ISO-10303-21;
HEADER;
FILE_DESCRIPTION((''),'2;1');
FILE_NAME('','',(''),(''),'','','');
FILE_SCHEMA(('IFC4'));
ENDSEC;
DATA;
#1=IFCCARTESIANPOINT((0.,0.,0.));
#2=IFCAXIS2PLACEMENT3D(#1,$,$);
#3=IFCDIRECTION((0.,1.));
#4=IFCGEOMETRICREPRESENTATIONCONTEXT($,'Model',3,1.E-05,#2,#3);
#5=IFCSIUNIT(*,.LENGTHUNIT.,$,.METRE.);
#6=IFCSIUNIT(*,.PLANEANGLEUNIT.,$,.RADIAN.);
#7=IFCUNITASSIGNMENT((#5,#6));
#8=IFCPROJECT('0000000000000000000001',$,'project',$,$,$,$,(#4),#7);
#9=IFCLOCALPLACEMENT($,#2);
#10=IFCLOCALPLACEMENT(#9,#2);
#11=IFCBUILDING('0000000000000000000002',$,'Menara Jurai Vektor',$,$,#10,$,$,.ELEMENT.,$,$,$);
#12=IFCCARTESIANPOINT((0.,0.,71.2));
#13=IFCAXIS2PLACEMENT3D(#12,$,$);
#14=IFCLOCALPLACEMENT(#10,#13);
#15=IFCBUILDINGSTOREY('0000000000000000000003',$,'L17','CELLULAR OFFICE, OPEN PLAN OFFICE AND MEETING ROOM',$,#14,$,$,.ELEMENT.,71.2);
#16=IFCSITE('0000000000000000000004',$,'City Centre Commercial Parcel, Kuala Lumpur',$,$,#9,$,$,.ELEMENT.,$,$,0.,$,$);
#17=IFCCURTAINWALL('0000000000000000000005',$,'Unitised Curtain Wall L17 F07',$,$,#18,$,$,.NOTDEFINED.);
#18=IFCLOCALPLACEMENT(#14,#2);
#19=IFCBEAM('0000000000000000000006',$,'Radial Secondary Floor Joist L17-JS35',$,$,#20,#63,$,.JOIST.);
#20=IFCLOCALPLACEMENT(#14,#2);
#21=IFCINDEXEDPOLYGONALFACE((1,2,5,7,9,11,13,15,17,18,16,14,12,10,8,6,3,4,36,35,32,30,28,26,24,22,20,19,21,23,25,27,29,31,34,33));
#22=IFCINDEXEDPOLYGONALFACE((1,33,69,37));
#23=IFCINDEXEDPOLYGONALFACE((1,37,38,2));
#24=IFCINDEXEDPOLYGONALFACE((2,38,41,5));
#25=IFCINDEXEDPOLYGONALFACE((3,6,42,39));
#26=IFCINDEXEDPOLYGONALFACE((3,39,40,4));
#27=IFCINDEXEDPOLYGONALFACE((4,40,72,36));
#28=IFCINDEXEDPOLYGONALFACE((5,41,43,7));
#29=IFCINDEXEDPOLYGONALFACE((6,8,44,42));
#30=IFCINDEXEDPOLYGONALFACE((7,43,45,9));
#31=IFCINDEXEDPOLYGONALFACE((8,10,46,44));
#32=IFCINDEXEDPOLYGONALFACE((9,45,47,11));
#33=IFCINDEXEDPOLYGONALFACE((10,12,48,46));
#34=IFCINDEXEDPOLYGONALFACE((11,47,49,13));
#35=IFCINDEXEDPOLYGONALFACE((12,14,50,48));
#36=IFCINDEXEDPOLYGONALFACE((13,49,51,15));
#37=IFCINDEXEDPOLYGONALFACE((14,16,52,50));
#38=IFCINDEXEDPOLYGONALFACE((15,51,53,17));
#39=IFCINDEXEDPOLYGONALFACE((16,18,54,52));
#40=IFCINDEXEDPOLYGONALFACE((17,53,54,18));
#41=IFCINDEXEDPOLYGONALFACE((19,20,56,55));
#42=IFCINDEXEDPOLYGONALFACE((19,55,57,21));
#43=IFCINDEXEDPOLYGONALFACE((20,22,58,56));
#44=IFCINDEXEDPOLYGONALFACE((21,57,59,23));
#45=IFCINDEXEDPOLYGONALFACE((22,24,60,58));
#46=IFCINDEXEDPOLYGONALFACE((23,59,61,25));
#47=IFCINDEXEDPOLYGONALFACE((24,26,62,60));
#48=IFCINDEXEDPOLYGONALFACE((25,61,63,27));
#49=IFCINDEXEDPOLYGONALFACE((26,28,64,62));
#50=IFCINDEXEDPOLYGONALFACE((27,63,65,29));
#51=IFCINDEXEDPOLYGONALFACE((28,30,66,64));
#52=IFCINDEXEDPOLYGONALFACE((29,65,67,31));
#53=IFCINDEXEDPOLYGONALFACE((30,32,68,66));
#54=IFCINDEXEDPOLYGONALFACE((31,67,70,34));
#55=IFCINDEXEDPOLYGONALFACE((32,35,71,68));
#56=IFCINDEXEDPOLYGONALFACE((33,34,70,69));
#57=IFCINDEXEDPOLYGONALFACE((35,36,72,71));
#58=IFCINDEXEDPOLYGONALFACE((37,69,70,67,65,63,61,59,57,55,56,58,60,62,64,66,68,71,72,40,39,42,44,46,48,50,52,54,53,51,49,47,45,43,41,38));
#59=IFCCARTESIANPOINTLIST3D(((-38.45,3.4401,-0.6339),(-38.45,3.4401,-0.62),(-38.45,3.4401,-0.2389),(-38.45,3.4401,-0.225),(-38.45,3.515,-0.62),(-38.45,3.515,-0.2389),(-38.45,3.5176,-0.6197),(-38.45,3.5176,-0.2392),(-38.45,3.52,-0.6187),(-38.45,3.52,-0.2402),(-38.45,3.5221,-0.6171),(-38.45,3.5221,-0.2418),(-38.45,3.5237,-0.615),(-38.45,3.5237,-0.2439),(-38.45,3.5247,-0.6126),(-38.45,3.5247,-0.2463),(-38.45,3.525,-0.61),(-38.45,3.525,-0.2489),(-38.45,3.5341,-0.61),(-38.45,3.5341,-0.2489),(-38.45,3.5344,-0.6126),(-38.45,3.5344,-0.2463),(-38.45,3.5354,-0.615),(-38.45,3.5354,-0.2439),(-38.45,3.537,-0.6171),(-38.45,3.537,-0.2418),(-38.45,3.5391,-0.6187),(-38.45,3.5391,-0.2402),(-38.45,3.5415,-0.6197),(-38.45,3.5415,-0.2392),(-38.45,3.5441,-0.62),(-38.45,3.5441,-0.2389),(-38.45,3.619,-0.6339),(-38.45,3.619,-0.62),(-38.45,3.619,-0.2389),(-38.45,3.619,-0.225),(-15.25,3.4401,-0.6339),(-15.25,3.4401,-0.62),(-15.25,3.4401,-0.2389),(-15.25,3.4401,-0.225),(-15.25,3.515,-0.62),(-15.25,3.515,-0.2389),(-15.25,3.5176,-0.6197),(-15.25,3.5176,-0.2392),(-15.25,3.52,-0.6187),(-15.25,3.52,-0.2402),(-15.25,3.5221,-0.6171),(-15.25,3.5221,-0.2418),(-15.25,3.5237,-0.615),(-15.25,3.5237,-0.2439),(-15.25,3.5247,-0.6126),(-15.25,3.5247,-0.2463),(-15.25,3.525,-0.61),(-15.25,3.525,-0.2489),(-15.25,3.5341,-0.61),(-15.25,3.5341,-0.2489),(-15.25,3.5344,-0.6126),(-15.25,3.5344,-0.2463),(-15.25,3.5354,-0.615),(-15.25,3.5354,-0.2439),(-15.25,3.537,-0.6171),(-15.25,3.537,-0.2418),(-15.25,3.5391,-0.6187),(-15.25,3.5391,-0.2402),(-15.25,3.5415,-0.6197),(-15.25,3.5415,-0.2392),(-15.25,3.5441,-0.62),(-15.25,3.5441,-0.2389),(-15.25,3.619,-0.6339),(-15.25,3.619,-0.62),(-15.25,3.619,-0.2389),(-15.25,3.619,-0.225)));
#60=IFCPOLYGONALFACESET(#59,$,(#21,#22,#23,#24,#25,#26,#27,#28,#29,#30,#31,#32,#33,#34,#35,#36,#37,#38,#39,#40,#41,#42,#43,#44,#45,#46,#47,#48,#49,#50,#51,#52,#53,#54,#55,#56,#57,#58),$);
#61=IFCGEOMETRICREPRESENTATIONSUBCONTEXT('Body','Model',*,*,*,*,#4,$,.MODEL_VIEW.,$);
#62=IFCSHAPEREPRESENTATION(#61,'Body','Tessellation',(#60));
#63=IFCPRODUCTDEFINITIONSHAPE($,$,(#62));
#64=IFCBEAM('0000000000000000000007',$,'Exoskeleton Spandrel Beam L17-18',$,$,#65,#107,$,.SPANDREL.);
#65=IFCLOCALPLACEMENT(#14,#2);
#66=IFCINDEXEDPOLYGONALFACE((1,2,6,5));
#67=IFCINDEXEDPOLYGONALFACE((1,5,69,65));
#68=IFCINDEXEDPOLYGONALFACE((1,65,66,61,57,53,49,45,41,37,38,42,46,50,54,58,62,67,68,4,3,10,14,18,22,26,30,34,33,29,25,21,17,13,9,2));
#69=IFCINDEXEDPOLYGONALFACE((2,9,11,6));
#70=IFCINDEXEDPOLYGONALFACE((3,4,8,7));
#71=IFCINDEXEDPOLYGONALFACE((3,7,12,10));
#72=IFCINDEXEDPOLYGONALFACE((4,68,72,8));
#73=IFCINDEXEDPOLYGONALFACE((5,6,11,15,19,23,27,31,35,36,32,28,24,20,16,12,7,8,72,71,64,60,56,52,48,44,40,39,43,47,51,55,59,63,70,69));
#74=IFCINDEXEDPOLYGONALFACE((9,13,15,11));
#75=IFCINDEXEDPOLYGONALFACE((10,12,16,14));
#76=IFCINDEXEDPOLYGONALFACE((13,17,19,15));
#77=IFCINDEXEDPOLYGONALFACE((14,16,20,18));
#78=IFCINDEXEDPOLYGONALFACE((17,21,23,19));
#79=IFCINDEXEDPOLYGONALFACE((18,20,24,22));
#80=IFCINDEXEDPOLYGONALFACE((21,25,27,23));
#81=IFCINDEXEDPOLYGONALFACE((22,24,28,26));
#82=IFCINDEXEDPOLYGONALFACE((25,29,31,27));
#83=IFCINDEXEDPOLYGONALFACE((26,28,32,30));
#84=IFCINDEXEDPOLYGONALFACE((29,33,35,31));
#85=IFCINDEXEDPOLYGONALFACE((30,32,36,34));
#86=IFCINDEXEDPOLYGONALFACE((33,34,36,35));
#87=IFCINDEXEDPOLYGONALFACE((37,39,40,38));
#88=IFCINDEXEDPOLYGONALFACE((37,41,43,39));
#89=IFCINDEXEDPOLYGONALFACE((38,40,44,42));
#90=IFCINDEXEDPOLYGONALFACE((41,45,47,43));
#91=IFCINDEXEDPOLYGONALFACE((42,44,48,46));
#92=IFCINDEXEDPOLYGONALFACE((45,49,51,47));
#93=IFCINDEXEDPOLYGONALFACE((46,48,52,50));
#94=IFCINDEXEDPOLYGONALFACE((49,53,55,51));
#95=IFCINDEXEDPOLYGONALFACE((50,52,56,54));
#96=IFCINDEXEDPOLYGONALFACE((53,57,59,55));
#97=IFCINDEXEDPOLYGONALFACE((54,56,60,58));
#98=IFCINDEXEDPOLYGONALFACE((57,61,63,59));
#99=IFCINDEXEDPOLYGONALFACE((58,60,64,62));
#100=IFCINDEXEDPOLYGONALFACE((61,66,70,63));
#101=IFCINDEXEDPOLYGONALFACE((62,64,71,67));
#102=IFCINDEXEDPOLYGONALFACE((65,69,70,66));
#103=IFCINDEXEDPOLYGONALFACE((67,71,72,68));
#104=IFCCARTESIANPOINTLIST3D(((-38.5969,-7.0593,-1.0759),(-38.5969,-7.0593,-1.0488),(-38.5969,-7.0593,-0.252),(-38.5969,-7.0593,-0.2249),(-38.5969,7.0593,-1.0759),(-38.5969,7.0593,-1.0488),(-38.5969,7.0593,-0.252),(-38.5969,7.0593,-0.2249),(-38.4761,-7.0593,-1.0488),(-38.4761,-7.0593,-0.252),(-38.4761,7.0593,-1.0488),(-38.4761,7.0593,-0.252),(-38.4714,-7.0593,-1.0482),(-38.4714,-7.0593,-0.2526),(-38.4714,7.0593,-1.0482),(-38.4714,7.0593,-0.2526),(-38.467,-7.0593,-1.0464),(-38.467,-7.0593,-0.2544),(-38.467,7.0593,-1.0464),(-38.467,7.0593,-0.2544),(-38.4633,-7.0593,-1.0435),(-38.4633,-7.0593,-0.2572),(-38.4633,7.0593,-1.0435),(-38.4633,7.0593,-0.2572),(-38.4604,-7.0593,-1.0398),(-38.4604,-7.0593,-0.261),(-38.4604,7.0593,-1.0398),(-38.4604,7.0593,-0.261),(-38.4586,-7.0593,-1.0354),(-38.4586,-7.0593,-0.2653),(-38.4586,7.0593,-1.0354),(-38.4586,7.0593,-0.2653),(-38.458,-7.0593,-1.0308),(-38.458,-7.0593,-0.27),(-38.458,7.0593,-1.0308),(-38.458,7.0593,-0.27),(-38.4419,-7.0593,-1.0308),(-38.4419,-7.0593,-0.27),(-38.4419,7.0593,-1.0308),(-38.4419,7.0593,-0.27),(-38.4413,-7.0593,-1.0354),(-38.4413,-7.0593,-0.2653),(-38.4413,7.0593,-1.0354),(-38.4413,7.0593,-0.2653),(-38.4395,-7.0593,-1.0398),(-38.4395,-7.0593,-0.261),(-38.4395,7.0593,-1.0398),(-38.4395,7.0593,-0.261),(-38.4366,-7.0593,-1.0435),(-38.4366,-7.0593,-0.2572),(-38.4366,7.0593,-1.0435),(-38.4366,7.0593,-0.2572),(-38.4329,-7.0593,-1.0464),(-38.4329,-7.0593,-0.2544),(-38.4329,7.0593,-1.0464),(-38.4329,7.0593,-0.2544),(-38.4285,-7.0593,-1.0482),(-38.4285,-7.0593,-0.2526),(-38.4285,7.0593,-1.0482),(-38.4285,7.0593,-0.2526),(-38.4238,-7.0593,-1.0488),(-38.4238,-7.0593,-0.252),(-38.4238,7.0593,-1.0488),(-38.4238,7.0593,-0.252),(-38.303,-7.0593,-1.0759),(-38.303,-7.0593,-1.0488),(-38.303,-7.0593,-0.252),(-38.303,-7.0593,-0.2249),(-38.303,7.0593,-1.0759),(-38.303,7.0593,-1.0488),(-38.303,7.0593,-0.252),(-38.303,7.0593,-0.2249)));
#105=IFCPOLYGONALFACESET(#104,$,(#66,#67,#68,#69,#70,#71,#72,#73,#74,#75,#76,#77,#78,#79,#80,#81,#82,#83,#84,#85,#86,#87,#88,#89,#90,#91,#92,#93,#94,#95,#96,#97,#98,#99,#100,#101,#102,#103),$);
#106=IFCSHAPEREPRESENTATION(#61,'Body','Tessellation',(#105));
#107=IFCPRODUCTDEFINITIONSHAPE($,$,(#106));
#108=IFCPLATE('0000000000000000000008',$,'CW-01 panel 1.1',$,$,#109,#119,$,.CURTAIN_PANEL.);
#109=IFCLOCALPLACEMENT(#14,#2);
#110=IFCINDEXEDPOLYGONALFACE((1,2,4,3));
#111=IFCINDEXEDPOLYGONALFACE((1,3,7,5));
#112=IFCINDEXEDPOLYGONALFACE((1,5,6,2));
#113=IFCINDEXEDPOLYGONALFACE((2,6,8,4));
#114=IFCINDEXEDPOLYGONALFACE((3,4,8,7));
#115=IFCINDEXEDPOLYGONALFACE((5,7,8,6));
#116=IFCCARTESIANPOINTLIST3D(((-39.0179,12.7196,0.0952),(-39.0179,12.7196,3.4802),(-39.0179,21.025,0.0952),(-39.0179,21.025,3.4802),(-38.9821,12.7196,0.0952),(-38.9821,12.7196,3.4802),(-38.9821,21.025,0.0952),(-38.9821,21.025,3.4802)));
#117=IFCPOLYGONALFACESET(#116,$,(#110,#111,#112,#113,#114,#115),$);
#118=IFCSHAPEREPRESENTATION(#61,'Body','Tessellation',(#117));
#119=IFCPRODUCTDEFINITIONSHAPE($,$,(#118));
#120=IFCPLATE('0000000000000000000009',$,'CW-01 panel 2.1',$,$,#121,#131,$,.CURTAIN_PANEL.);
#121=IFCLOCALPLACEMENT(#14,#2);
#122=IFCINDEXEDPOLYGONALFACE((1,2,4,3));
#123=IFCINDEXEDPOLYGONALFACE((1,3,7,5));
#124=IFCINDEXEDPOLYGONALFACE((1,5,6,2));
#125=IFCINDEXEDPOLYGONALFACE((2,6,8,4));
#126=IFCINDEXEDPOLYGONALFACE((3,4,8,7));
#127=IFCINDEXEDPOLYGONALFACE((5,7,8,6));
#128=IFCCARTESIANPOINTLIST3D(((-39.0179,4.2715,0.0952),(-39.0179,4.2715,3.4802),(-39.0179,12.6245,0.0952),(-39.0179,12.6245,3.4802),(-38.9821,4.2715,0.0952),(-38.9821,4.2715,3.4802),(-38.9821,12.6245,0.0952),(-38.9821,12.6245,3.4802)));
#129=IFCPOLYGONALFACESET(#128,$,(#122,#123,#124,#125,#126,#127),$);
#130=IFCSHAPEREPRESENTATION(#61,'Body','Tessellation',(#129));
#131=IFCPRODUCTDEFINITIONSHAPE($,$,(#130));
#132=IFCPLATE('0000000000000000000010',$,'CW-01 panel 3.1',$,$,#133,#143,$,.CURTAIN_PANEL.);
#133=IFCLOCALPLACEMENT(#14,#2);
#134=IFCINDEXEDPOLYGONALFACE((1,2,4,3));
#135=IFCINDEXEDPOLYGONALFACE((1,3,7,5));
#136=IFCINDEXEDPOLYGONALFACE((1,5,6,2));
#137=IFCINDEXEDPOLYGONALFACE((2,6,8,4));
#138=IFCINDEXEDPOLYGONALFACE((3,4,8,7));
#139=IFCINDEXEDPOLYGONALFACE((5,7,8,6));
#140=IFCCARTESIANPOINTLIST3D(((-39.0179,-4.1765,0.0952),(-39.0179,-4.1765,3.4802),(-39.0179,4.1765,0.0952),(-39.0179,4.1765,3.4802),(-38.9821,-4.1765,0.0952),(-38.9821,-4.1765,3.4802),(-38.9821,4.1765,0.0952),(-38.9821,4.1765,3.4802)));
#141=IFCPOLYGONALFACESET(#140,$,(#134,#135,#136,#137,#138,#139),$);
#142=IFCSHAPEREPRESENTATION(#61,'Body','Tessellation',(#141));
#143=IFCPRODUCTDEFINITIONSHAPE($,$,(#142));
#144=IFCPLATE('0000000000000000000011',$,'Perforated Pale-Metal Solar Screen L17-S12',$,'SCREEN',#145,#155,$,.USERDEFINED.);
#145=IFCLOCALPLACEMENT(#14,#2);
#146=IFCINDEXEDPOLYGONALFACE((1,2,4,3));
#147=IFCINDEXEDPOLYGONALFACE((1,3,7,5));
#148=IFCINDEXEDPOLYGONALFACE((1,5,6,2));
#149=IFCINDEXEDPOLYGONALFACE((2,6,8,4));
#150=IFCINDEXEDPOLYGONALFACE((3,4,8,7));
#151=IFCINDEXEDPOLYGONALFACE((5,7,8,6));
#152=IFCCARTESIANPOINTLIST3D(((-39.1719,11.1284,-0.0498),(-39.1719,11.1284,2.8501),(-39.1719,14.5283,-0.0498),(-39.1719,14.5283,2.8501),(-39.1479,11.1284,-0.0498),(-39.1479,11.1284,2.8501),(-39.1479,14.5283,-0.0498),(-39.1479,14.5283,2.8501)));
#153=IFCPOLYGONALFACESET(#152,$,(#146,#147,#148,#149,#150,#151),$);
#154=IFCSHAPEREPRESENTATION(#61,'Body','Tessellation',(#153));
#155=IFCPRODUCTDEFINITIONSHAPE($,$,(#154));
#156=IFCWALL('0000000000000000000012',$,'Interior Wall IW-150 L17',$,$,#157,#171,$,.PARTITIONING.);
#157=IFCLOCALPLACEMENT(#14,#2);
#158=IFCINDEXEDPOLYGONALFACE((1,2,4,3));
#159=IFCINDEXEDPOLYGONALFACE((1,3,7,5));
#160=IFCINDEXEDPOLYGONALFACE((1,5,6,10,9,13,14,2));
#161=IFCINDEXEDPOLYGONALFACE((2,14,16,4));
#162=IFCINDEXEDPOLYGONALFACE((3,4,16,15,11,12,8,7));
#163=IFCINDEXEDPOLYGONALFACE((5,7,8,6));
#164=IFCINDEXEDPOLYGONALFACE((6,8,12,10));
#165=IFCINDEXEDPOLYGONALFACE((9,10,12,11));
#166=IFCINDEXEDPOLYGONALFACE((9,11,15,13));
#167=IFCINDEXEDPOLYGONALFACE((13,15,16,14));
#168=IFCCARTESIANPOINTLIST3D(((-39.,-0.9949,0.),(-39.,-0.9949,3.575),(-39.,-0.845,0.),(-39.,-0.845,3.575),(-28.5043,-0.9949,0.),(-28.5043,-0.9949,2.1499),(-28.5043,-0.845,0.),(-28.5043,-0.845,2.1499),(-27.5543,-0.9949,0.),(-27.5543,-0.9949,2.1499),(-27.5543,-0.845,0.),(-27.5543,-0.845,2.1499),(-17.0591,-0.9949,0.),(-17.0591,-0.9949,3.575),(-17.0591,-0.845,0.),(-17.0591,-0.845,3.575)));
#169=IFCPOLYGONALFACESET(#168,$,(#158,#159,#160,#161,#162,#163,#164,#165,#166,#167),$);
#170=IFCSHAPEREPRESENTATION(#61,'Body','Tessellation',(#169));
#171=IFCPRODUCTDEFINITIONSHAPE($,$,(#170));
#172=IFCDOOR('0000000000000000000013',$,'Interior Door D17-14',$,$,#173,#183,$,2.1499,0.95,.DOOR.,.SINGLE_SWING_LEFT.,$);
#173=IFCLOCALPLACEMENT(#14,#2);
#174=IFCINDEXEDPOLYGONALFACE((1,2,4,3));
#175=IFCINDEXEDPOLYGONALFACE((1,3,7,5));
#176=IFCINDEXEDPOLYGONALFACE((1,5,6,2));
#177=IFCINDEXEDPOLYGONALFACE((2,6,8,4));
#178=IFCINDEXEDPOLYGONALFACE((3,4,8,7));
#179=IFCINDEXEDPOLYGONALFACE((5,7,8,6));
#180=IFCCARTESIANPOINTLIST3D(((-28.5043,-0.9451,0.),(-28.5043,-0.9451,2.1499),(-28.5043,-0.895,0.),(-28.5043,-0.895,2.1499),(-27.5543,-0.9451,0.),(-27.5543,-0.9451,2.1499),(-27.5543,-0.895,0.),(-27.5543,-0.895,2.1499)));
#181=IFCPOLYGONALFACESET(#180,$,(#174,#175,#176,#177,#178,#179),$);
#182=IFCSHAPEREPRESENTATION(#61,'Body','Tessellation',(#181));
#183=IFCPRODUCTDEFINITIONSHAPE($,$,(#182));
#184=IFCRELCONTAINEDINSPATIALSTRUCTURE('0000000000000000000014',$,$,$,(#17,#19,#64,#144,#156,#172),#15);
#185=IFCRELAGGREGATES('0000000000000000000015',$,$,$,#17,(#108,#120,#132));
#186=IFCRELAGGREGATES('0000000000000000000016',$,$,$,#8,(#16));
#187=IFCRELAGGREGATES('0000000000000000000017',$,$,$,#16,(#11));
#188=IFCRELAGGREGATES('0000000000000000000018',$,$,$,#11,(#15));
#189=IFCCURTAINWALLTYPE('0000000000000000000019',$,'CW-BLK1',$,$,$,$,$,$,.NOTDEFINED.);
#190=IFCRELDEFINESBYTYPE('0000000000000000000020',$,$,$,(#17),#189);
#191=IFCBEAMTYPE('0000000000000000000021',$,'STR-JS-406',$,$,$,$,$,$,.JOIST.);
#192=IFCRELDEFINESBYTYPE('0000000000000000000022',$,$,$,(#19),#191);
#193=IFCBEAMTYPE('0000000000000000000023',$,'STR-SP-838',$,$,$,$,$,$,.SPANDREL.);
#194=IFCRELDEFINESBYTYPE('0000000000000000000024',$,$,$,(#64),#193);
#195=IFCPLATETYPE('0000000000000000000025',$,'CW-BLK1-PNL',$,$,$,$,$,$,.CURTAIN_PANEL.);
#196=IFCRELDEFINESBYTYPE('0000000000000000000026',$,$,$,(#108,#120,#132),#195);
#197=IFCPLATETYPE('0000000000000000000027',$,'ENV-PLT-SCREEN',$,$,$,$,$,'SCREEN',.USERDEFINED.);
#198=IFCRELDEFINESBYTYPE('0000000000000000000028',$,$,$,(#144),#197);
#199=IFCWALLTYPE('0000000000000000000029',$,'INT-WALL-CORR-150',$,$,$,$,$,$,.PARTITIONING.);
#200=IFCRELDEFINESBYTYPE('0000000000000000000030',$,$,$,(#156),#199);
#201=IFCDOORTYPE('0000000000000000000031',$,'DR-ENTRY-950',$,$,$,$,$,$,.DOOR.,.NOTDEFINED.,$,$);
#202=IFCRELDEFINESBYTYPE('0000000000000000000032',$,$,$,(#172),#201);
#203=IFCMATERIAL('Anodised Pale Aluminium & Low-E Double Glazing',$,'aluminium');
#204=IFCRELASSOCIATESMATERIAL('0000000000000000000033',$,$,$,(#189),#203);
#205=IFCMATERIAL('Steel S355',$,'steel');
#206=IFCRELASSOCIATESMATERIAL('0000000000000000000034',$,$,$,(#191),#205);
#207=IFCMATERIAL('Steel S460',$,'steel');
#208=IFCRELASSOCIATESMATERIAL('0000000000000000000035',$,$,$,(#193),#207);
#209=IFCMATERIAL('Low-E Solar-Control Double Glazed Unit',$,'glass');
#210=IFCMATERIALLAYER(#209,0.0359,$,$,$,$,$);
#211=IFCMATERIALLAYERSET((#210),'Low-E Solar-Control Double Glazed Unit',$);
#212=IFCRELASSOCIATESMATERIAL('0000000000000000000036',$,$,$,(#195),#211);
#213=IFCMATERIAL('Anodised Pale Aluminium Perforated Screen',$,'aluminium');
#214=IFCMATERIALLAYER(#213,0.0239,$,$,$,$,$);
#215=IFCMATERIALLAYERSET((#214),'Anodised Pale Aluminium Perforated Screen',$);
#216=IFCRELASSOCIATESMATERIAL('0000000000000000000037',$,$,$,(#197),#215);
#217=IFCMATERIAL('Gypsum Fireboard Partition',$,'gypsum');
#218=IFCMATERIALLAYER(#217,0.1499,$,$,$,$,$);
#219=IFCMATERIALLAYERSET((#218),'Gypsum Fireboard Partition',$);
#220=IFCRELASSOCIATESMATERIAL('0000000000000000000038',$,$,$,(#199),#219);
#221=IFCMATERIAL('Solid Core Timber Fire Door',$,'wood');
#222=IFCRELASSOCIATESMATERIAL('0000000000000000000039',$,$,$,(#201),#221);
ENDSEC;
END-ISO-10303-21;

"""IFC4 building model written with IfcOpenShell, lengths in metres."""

from ifc_helpers import new_model, si_unit, direction, frame, frame_2d, origin, origin_2d, place, context, subcontext, project, spatial, rectangle, i_section, extrude, material, layer, layer_set, material_profile, profile_set, type_object, element, fill, aggregate, save


model = new_model("IFC4")

# Units and contexts
model_context = context("Model", 3, precision=1e-05, world=origin(), true_north=direction((0.0, 1.0)))
body_context = subcontext(model_context, "Body", "Model", "MODEL_VIEW")
ifc_project = project(units=[si_unit("LENGTHUNIT", "METRE"), si_unit("PLANEANGLEUNIT", "RADIAN")], contexts=[model_context])

# Site, building, storey
site_placement = place(None, origin())
site = spatial("IfcSite", under=ifc_project, at=site_placement, Name="City Centre Commercial Parcel, Kuala Lumpur", CompositionType="ELEMENT", RefElevation=0.0)
building_placement = place(site_placement, origin())
building = spatial("IfcBuilding", under=site, at=building_placement, Name="Menara Jurai Vektor", CompositionType="ELEMENT")
storey_placement = place(building_placement, frame((0.0, 0.0, 71.2)))
storey = spatial("IfcBuildingStorey", under=building, at=storey_placement, Name="L17", Description="CELLULAR OFFICE, OPEN PLAN OFFICE AND MEETING ROOM", CompositionType="ELEMENT", Elevation=71.2)

# Shared definitions
ifc_material_1 = material(Name="Steel S460", Category="steel")

# Curtain wall
ifc_material_2 = material(Name="Anodised Pale Aluminium & Low-E Double Glazing", Category="aluminium")
curtain_wall_type = type_object("IfcCurtainWallType", Name="CW-BLK1", PredefinedType="NOTDEFINED", material=ifc_material_2)
curtain_wall_placement = place(storey_placement, origin())
curtain_wall = element("IfcCurtainWall", 1, at=curtain_wall_placement, inside=storey, type_object=curtain_wall_type, Name="Unitised Curtain Wall L17 F07", PredefinedType="NOTDEFINED")

# Beams
ifc_material_3 = material(Name="Steel S355", Category="steel")
ifc_material_profile_1 = material_profile(ifc_material_3, i_section(OverallWidth=0.179, OverallDepth=0.4089, WebThickness=0.009, FlangeThickness=0.0139, FilletRadius=0.01, at=origin_2d()), Name="UKB 406x178x67")
ifc_profile_set_1 = profile_set([ifc_material_profile_1], Name="Steel S355")
beam_type_1 = type_object("IfcBeamType", Name="STR-JS-406", PredefinedType="JOIST", material=ifc_profile_set_1)
beam_1_placement = place(storey_placement, frame((-38.45, 3.5295, -0.4294), z_axis=(1.0, 0.0, 0.0), x_axis=(0.0, 1.0, 0.0)))
element("IfcBeam", 2, at=beam_1_placement, inside=storey, type_object=beam_type_1, Name="Radial Secondary Floor Joist L17-JS35", PredefinedType="JOIST", context=body_context, shape_type="SweptSolid", body=[
    extrude(i_section(OverallWidth=0.179, OverallDepth=0.4089, WebThickness=0.009, FlangeThickness=0.0139, FilletRadius=0.01, at=origin_2d()), origin(), (0.0, 0.0, 1.0), 23.2),
])
ifc_material_profile_2 = material_profile(ifc_material_1, i_section(OverallWidth=0.2939, OverallDepth=0.8511, WebThickness=0.0161, FlangeThickness=0.0271, FilletRadius=0.0181, at=origin_2d()), Name="UKB 838x292x226")
ifc_profile_set_2 = profile_set([ifc_material_profile_2], Name="Steel S460")
beam_type_2 = type_object("IfcBeamType", Name="STR-SP-838", PredefinedType="SPANDREL", material=ifc_profile_set_2)
beam_2_placement = place(storey_placement, frame((-38.45, 7.0593, -0.6504), z_axis=(0.0, -1.0, 0.0), x_axis=(1.0, 0.0, 0.0)))
element("IfcBeam", 3, at=beam_2_placement, inside=storey, type_object=beam_type_2, Name="Exoskeleton Spandrel Beam L17-18", PredefinedType="SPANDREL", context=body_context, shape_type="SweptSolid", body=[
    extrude(i_section(OverallWidth=0.2939, OverallDepth=0.8511, WebThickness=0.0161, FlangeThickness=0.0271, FilletRadius=0.0181, at=origin_2d()), origin(), (0.0, 0.0, 1.0), 14.1187),
])

# Plates
ifc_material_4 = material(Name="Low-E Solar-Control Double Glazed Unit", Category="glass")
ifc_layer_1 = layer(ifc_material_4, 0.0359)
ifc_layer_set_1 = layer_set([ifc_layer_1], Name="Low-E Solar-Control Double Glazed Unit")
plate_type_1 = type_object("IfcPlateType", Name="CW-BLK1-PNL", PredefinedType="CURTAIN_PANEL", material=ifc_layer_set_1)
plate_1_placement = place(storey_placement, frame((-39.0, 16.8723, 0.0952), z_axis=(0.0, 0.0, 1.0), x_axis=(0.0, -1.0, 0.0)))
plate_1 = element("IfcPlate", 4, at=plate_1_placement, type_object=plate_type_1, Name="CW-01 panel 1.1", PredefinedType="CURTAIN_PANEL", context=body_context, shape_type="SweptSolid", body=[
    extrude(rectangle(XDim=8.3054, YDim=0.0359, at=origin_2d()), origin(), (0.0, 0.0, 1.0), 3.385),
])
plate_2_placement = place(storey_placement, frame((-39.0, 8.448, 0.0952), z_axis=(0.0, 0.0, 1.0), x_axis=(0.0, -1.0, 0.0)))
plate_2 = element("IfcPlate", 5, at=plate_2_placement, type_object=plate_type_1, Name="CW-01 panel 2.1", PredefinedType="CURTAIN_PANEL", context=body_context, shape_type="SweptSolid", body=[
    extrude(rectangle(XDim=8.353, YDim=0.0359, at=origin_2d()), origin(), (0.0, 0.0, 1.0), 3.385),
])
plate_3_placement = place(storey_placement, frame((-39.0, 0.0, 0.0952), z_axis=(0.0, 0.0, 1.0), x_axis=(0.0, -1.0, 0.0)))
plate_3 = element("IfcPlate", 6, at=plate_3_placement, type_object=plate_type_1, Name="CW-01 panel 3.1", PredefinedType="CURTAIN_PANEL", context=body_context, shape_type="SweptSolid", body=[
    extrude(rectangle(XDim=8.353, YDim=0.0359, at=origin_2d()), origin(), (0.0, 0.0, 1.0), 3.385),
])
aggregate(curtain_wall, [plate_1, plate_2, plate_3])
ifc_material_5 = material(Name="Anodised Pale Aluminium Perforated Screen", Category="aluminium")
ifc_layer_2 = layer(ifc_material_5, 0.0239)
ifc_layer_set_2 = layer_set([ifc_layer_2], Name="Anodised Pale Aluminium Perforated Screen")
plate_type_2 = type_object("IfcPlateType", Name="ENV-PLT-SCREEN", ElementType="SCREEN", PredefinedType="USERDEFINED", material=ifc_layer_set_2)
plate_4_placement = place(storey_placement, frame((-39.1599, 12.8284, -0.0498), z_axis=(0.0, 0.0, 1.0), x_axis=(0.0, -1.0, 0.0)))
element("IfcPlate", 7, at=plate_4_placement, inside=storey, type_object=plate_type_2, Name="Perforated Pale-Metal Solar Screen L17-S12", ObjectType="SCREEN", PredefinedType="USERDEFINED", context=body_context, shape_type="SweptSolid", body=[
    extrude(rectangle(XDim=3.3999, YDim=0.0239, at=origin_2d()), origin(), (0.0, 0.0, 1.0), 2.8999),
])

# Wall, opening, door
ifc_material_6 = material(Name="Gypsum Fireboard Partition", Category="gypsum")
ifc_layer_3 = layer(ifc_material_6, 0.1499)
ifc_layer_set_3 = layer_set([ifc_layer_3], Name="Gypsum Fireboard Partition")
wall_type_1 = type_object("IfcWallType", Name="INT-WALL-CORR-150", PredefinedType="PARTITIONING", material=ifc_layer_set_3)
wall_1_placement = place(storey_placement, frame((-39.0, -0.9199, 0.0), z_axis=(0.0, 0.0, 1.0), x_axis=(1.0, 0.0, 0.0)))
wall_1 = element("IfcWall", 8, at=wall_1_placement, inside=storey, type_object=wall_type_1, Name="Interior Wall IW-150 L17", PredefinedType="PARTITIONING", context=body_context, shape_type="SweptSolid", body=[
    extrude(rectangle(XDim=21.9409, YDim=0.1499, at=frame_2d((10.9705, 0.0))), origin(), (0.0, 0.0, 1.0), 3.575),
])
opening_1_placement = place(wall_1_placement, frame((10.4956, 0.0, 0.0)))
opening_1 = element("IfcOpeningElement", 9, at=opening_1_placement, cuts=wall_1, PredefinedType="OPENING", context=body_context, shape_type="SweptSolid", body=[
    extrude(rectangle(XDim=0.95, YDim=2.1499, at=frame_2d((0.4751, 1.075))), frame((0.0, 0.085, 0.0), z_axis=(0.0, -1.0, 0.0), x_axis=(1.0, 0.0, 0.0)), (0.0, 0.0, 1.0), 0.1699),
])
ifc_material_7 = material(Name="Solid Core Timber Fire Door", Category="wood")
door_type = type_object("IfcDoorType", Name="DR-ENTRY-950", OperationType="NOTDEFINED", PredefinedType="DOOR", material=ifc_material_7)
door_1_placement = place(opening_1_placement, origin())
door_1 = element("IfcDoor", 10, at=door_1_placement, inside=storey, type_object=door_type, Name="Interior Door D17-14", OperationType="SINGLE_SWING_LEFT", OverallHeight=2.1499, OverallWidth=0.95, PredefinedType="DOOR", context=body_context, shape_type="SweptSolid", body=[
    extrude(rectangle(XDim=0.95, YDim=2.1499, at=frame_2d((0.4751, 1.075))), frame((0.0, 0.0249, 0.0), z_axis=(0.0, -1.0, 0.0), x_axis=(1.0, 0.0, 0.0)), (0.0, 0.0, 1.0), 0.05),
])
fill(opening_1, door_1)

save(model, "model.ifc")
